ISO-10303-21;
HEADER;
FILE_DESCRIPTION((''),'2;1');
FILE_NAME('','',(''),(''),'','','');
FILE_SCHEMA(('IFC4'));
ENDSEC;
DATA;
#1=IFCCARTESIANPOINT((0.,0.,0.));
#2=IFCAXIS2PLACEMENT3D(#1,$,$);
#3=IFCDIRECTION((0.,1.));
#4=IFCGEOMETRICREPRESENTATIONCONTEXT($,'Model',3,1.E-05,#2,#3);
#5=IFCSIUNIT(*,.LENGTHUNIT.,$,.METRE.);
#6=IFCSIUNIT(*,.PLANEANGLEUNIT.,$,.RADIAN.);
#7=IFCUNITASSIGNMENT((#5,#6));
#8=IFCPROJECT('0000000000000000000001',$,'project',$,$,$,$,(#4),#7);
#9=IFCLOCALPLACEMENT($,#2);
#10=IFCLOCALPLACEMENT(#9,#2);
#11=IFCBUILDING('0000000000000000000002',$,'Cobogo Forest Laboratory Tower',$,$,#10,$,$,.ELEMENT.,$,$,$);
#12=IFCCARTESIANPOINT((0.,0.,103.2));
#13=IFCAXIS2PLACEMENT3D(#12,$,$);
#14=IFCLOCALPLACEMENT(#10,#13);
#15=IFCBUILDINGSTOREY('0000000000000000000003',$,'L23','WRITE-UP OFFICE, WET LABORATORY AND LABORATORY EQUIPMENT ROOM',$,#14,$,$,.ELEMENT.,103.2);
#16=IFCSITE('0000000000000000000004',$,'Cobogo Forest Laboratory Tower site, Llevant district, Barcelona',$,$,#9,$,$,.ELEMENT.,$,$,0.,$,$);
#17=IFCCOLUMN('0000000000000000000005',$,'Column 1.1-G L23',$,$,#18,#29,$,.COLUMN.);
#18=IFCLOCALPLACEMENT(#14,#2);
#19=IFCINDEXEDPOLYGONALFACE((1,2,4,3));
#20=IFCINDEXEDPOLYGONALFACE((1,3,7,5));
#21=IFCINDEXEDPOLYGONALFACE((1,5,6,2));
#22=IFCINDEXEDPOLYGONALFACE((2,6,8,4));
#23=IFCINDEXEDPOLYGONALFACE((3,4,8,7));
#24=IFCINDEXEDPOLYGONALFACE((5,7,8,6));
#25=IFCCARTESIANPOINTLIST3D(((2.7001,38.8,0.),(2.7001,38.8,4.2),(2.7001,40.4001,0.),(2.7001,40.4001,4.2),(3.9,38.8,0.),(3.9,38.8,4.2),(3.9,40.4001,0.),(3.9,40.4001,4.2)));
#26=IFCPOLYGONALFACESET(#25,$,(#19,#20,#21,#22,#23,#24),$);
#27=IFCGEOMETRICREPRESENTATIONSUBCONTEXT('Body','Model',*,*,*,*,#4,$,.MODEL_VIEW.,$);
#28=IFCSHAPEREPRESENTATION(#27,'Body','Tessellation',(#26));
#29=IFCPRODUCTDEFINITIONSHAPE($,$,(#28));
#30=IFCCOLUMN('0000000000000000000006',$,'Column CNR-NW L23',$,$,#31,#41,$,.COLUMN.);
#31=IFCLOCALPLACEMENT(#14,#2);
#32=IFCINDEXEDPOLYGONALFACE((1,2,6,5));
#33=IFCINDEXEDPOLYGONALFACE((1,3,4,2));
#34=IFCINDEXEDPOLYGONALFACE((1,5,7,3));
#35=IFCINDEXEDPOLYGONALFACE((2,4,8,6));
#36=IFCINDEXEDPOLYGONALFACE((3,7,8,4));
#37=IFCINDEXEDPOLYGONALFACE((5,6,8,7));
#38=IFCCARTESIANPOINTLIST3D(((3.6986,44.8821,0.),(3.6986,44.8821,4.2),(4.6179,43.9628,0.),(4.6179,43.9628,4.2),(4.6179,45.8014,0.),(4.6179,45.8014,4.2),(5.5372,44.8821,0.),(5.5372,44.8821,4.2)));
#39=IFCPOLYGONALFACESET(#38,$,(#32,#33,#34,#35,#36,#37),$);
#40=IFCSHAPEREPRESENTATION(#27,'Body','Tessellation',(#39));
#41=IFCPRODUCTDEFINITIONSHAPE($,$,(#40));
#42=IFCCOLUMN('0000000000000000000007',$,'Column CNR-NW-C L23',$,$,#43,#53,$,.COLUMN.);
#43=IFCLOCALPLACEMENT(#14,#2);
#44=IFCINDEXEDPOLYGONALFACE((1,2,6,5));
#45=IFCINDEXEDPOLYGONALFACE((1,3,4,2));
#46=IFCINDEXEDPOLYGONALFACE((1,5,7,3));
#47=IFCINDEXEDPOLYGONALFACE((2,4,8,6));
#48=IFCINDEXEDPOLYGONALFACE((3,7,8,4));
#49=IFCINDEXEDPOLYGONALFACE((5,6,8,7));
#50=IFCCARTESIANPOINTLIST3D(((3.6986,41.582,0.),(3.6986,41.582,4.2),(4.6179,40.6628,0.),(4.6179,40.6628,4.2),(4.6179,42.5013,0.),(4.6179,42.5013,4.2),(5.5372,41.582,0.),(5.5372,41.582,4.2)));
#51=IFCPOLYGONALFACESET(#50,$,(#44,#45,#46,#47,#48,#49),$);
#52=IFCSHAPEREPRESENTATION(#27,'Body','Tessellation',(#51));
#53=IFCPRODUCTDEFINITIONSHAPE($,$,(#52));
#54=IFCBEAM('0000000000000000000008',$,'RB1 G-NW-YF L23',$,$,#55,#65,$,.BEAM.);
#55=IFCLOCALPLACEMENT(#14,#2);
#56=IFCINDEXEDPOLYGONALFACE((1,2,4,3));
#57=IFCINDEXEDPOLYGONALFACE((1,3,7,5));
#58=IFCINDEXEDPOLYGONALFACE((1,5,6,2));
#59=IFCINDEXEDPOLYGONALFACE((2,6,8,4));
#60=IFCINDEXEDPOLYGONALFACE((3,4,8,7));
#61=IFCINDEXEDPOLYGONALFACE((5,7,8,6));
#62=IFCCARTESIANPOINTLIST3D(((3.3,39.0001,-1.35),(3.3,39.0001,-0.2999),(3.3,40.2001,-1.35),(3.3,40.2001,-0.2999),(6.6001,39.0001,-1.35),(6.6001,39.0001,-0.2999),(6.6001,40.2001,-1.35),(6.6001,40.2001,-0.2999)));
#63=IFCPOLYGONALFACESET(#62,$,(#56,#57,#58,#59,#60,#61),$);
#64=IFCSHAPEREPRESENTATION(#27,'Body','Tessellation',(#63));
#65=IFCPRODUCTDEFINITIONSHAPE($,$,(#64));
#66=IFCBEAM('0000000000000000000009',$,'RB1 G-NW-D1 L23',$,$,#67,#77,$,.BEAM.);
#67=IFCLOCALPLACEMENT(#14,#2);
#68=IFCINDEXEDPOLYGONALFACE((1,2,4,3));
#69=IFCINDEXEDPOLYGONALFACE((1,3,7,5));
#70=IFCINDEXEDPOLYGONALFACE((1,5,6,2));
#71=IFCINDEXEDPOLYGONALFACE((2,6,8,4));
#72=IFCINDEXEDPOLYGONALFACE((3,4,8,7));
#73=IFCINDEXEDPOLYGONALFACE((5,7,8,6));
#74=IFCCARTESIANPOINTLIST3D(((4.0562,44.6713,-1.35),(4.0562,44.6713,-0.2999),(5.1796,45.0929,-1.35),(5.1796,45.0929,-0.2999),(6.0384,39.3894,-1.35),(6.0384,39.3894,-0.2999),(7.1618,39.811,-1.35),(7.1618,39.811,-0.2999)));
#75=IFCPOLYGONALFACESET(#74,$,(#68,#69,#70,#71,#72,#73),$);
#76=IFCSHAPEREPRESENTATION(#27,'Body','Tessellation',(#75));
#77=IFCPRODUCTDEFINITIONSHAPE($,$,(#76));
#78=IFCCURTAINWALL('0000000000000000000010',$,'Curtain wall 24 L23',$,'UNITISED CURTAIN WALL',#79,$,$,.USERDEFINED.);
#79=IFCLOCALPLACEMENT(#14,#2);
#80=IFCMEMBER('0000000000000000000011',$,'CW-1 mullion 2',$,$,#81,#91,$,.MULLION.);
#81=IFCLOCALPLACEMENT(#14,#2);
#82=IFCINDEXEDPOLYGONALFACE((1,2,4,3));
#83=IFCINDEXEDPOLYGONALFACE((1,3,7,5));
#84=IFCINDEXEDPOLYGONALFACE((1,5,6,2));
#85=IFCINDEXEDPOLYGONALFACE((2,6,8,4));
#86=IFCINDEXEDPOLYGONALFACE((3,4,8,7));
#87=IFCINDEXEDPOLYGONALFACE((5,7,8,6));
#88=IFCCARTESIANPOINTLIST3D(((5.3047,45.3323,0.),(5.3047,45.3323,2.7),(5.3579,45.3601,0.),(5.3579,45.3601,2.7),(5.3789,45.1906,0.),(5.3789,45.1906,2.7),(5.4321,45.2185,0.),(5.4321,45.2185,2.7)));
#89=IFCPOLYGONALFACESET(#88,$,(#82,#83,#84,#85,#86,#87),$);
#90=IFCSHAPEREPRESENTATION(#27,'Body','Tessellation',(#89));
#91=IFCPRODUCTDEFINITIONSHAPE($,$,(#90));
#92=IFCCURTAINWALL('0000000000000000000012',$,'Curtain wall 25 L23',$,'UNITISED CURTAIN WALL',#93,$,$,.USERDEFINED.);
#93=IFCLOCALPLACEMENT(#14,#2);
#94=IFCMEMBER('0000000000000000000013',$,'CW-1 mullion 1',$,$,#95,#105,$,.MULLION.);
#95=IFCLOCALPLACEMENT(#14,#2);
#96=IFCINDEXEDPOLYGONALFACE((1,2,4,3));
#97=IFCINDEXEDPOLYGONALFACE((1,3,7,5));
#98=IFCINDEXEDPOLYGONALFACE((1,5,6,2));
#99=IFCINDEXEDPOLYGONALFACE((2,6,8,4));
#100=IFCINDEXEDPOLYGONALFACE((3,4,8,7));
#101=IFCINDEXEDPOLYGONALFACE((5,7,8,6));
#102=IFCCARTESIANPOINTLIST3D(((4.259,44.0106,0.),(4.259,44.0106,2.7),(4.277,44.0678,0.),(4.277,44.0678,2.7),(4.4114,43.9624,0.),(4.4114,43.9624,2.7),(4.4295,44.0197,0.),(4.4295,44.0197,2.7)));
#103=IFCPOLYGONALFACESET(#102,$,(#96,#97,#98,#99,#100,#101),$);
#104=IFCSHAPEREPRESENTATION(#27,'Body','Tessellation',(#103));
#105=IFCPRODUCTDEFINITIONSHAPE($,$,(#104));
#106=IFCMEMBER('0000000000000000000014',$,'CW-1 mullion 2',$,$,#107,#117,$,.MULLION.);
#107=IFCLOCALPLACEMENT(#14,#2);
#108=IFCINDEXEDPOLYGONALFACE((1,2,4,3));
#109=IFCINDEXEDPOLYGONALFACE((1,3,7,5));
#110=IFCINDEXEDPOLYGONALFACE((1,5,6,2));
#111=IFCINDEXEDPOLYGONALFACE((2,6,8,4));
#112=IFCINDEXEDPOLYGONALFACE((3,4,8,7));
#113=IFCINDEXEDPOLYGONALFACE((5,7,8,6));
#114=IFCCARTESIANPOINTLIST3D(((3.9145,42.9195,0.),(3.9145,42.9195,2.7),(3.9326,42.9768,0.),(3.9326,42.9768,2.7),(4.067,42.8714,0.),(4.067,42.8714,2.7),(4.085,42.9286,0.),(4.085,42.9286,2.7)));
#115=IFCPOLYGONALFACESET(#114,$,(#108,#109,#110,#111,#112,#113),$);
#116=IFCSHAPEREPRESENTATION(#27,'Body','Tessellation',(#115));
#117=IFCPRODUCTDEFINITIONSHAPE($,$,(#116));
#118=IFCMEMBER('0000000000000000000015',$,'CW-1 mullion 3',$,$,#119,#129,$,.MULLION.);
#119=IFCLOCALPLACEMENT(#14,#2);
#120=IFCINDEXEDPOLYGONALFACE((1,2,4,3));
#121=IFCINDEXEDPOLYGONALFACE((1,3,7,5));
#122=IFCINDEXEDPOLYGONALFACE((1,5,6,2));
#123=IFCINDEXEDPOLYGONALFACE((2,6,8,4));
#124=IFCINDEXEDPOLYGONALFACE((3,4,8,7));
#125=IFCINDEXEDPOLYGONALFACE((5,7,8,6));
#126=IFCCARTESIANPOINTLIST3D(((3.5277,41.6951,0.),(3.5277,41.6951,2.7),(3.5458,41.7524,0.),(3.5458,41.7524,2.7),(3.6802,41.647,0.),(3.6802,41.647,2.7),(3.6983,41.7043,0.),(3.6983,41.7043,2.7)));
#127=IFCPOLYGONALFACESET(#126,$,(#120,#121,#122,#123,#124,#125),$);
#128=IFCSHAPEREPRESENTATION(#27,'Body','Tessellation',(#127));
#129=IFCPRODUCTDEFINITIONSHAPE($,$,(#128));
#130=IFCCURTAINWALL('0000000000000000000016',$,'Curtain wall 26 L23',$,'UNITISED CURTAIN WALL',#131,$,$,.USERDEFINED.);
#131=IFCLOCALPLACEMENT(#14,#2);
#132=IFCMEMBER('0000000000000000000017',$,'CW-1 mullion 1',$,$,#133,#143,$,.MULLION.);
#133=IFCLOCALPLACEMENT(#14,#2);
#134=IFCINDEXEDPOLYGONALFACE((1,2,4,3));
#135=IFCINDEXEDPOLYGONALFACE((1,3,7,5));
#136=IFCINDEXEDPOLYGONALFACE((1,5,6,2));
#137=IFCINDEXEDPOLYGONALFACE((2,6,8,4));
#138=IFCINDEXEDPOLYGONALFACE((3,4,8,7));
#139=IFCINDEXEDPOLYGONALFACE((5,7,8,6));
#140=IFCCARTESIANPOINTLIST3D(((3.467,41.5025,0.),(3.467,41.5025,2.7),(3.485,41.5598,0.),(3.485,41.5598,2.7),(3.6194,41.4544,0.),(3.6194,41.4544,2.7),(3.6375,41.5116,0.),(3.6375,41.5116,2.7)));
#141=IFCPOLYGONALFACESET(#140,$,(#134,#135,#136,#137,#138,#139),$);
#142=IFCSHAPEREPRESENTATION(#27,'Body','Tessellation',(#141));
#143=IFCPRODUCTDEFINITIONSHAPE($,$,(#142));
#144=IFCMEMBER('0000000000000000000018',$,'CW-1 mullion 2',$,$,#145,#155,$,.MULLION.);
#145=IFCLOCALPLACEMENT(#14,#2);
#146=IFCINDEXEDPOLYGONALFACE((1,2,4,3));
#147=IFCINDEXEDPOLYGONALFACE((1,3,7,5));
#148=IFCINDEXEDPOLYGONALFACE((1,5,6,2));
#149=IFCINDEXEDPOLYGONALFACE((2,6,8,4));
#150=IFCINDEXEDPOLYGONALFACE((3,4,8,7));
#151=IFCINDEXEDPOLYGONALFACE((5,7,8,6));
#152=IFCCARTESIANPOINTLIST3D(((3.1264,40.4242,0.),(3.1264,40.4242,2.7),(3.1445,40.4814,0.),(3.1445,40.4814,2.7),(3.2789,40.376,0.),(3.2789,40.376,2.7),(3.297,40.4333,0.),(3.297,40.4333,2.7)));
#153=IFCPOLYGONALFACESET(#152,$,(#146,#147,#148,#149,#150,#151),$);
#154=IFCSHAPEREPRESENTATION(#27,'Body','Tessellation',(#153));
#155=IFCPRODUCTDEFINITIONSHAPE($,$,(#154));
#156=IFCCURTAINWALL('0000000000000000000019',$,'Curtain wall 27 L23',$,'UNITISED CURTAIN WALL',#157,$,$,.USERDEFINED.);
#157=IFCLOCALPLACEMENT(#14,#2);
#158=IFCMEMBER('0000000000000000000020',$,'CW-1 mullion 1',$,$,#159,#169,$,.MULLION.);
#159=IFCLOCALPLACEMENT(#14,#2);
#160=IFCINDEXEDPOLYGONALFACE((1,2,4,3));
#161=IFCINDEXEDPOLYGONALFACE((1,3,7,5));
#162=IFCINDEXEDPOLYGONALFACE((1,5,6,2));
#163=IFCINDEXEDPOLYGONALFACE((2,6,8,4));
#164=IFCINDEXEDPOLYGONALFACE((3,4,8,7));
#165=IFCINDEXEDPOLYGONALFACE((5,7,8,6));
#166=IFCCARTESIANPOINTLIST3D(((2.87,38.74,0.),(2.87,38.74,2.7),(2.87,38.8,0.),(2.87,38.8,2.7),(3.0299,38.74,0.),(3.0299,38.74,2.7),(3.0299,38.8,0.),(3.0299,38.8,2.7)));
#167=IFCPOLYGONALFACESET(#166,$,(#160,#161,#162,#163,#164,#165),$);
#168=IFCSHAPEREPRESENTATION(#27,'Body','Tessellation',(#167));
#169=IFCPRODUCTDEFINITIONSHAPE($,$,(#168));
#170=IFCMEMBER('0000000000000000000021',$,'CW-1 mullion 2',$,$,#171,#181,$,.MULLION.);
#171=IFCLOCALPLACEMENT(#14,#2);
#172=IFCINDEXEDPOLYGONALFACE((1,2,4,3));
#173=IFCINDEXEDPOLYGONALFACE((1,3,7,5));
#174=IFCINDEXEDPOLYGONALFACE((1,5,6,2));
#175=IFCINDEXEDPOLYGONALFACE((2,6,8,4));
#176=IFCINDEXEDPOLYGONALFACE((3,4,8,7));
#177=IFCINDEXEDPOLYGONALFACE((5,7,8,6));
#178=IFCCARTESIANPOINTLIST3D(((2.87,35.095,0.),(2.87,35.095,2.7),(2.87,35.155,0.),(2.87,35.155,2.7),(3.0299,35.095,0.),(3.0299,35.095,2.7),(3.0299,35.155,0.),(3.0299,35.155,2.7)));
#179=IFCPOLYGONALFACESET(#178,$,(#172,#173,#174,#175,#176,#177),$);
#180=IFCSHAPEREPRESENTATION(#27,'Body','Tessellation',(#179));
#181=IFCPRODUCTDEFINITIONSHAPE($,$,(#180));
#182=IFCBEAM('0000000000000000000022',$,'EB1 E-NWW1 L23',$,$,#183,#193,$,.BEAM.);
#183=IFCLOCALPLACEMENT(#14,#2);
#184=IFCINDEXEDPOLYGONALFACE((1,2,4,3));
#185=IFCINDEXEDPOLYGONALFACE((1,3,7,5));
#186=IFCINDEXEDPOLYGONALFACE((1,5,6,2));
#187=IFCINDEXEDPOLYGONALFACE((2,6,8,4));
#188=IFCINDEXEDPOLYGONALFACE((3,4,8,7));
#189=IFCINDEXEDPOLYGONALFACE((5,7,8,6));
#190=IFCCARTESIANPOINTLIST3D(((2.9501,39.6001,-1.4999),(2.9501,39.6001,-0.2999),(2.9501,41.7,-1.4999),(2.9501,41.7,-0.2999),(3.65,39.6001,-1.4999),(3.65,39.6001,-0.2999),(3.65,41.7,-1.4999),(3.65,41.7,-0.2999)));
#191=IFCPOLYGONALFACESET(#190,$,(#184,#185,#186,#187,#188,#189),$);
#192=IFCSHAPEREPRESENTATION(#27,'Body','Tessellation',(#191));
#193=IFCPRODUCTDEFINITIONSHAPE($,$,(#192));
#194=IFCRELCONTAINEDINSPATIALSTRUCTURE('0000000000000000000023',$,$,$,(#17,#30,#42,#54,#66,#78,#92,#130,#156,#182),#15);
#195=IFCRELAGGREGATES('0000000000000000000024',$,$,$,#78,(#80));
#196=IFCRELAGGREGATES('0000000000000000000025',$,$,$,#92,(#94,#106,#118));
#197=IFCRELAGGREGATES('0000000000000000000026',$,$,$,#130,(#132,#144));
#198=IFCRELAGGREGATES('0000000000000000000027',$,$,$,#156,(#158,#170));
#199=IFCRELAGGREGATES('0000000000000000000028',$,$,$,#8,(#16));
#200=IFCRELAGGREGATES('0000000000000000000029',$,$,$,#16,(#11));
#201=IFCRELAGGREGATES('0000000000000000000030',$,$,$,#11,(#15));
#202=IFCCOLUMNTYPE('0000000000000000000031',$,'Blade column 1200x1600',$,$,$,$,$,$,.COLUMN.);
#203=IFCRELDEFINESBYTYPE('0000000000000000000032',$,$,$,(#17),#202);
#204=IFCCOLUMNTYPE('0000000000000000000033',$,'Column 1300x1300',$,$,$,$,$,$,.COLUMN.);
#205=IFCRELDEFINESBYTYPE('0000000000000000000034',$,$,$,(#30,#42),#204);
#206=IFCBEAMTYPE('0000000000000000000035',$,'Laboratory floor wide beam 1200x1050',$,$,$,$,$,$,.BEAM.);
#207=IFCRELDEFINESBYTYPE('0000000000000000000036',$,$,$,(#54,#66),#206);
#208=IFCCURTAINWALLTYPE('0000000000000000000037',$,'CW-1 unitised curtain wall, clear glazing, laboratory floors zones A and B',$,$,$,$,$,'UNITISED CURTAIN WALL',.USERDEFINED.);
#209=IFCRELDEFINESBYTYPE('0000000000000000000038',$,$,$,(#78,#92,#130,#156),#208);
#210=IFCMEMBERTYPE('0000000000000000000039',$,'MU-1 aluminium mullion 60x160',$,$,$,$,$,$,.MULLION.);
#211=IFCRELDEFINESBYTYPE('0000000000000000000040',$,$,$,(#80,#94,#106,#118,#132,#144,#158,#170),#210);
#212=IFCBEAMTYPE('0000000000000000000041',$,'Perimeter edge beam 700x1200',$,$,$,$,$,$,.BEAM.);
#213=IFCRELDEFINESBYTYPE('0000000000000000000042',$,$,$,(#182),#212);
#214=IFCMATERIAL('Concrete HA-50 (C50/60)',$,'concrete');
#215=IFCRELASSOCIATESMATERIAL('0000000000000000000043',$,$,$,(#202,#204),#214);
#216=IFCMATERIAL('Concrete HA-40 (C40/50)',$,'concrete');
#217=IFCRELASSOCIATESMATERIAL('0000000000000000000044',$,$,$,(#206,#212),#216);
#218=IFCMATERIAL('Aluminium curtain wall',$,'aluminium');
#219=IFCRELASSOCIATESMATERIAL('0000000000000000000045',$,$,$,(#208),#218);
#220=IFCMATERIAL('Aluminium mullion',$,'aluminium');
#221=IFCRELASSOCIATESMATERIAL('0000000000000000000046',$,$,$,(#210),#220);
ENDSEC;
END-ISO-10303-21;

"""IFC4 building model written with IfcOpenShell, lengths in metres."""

from ifc_helpers import new_model, si_unit, direction, frame, origin, origin_2d, place, context, subcontext, project, spatial, rectangle, extrude, material, material_profile, profile_set, type_object, element, aggregate, save


model = new_model("IFC4")

# Units and contexts
model_context = context("Model", 3, precision=1e-05, world=origin(), true_north=direction((0.0, 1.0)))
body_context = subcontext(model_context, "Body", "Model", "MODEL_VIEW")
ifc_project = project(units=[si_unit("LENGTHUNIT", "METRE"), si_unit("PLANEANGLEUNIT", "RADIAN")], contexts=[model_context])

# Site, building, storey
site_placement = place(None, origin())
site = spatial("IfcSite", under=ifc_project, at=site_placement, Name="Cobogo Forest Laboratory Tower site, Llevant district, Barcelona", CompositionType="ELEMENT", RefElevation=0.0)
building_placement = place(site_placement, origin())
building = spatial("IfcBuilding", under=site, at=building_placement, Name="Cobogo Forest Laboratory Tower", CompositionType="ELEMENT")
storey_placement = place(building_placement, frame((0.0, 0.0, 103.2)))
storey = spatial("IfcBuildingStorey", under=building, at=storey_placement, Name="L23", Description="WRITE-UP OFFICE, WET LABORATORY AND LABORATORY EQUIPMENT ROOM", CompositionType="ELEMENT", Elevation=103.2)

# Columns
ifc_material_1 = material(Name="Concrete HA-50 (C50/60)", Category="concrete")
ifc_material_profile_1 = material_profile(ifc_material_1, rectangle(XDim=1.6001, YDim=1.2, at=origin_2d()), Name="RC 1200x1600")
ifc_profile_set_1 = profile_set([ifc_material_profile_1], Name="Concrete HA-50 (C50/60)")
column_type_1 = type_object("IfcColumnType", Name="Blade column 1200x1600", PredefinedType="COLUMN", material=ifc_profile_set_1)
column_placement = place(storey_placement, frame((3.3, 39.6001, 0.0), z_axis=(0.0, 0.0, 1.0), x_axis=(0.0, 1.0, 0.0)))
element("IfcColumn", 1, at=column_placement, inside=storey, type_object=column_type_1, Name="Column 1.1-G L23", PredefinedType="COLUMN", context=body_context, shape_type="SweptSolid", body=[
    extrude(rectangle(XDim=1.6001, YDim=1.2, at=origin_2d()), origin(), (0.0, 0.0, 1.0), 4.2),
])
ifc_material_profile_2 = material_profile(ifc_material_1, rectangle(XDim=1.3, YDim=1.3, at=origin_2d()), Name="RC 1300x1300")
ifc_profile_set_2 = profile_set([ifc_material_profile_2], Name="Concrete HA-50 (C50/60)")
column_type_2 = type_object("IfcColumnType", Name="Column 1300x1300", PredefinedType="COLUMN", material=ifc_profile_set_2)
for number, where, z_axis, x_axis, name in (
    (2, (4.6179, 44.8821, 0.0), (0.0, 0.0, 1.0), (0.707107, 0.707107, 0.0), "Column CNR-NW L23"),
    (3, (4.6179, 41.582, 0.0), (0.0, 0.0, 1.0), (0.707107, 0.707107, 0.0), "Column CNR-NW-C L23"),
):
    element("IfcColumn", number, at=place(storey_placement, frame(where, z_axis=z_axis, x_axis=x_axis)), inside=storey, type_object=column_type_2, Name=name, PredefinedType="COLUMN", context=body_context, shape_type="SweptSolid", body=[
        extrude(rectangle(XDim=1.3, YDim=1.3, at=origin_2d()), origin(), (0.0, 0.0, 1.0), 4.2),
    ])

# Beams
ifc_material_2 = material(Name="Concrete HA-40 (C40/50)", Category="concrete")
ifc_material_profile_3 = material_profile(ifc_material_2, rectangle(XDim=1.2, YDim=1.05, at=origin_2d()), Name="RC 1200x1050")
ifc_profile_set_3 = profile_set([ifc_material_profile_3], Name="Concrete HA-40 (C40/50)")
beam_type_1 = type_object("IfcBeamType", Name="Laboratory floor wide beam 1200x1050", PredefinedType="BEAM", material=ifc_profile_set_3)
beam_1_placement = place(storey_placement, frame((3.3, 39.6001, -0.825), z_axis=(1.0, 0.0, 0.0), x_axis=(0.0, 1.0, 0.0)))
element("IfcBeam", 4, at=beam_1_placement, inside=storey, type_object=beam_type_1, Name="RB1 G-NW-YF L23", PredefinedType="BEAM", context=body_context, shape_type="SweptSolid", body=[
    extrude(rectangle(XDim=1.2, YDim=1.05, at=origin_2d()), origin(), (0.0, 0.0, 1.0), 3.3),
])
beam_2_placement = place(storey_placement, frame((4.6179, 44.8821, -0.825), z_axis=(0.351346, -0.936246, 0.0), x_axis=(0.936246, 0.351346, 0.0)))
element("IfcBeam", 5, at=beam_2_placement, inside=storey, type_object=beam_type_1, Name="RB1 G-NW-D1 L23", PredefinedType="BEAM", context=body_context, shape_type="SweptSolid", body=[
    extrude(rectangle(XDim=1.2, YDim=1.05, at=origin_2d()), origin(), (0.0, 0.0, 1.0), 5.6416),
])

# Curtain wall, member
ifc_material_3 = material(Name="Aluminium curtain wall", Category="aluminium")
curtain_wall_type = type_object("IfcCurtainWallType", Name="CW-1 unitised curtain wall, clear glazing, laboratory floors zones A and B", ElementType="UNITISED CURTAIN WALL", PredefinedType="USERDEFINED", material=ifc_material_3)
curtain_wall_1_placement = place(storey_placement, origin())
curtain_wall_1 = element("IfcCurtainWall", 6, at=curtain_wall_1_placement, inside=storey, type_object=curtain_wall_type, Name="Curtain wall 24 L23", ObjectType="UNITISED CURTAIN WALL", PredefinedType="USERDEFINED")
ifc_material_4 = material(Name="Aluminium mullion", Category="aluminium")
ifc_material_profile_4 = material_profile(ifc_material_4, rectangle(XDim=0.0601, YDim=0.1599, at=origin_2d()), Name="AL 60x160")
ifc_profile_set_4 = profile_set([ifc_material_profile_4], Name="Aluminium mullion")
member_type_1 = type_object("IfcMemberType", Name="MU-1 aluminium mullion 60x160", PredefinedType="MULLION", material=ifc_profile_set_4)
member_1_placement = place(storey_placement, frame((5.3684, 45.2754, 0.0), z_axis=(0.0, 0.0, 1.0), x_axis=(-0.885687, -0.464284, 0.0)))
member_1 = element("IfcMember", 7, at=member_1_placement, type_object=member_type_1, Name="CW-1 mullion 2", PredefinedType="MULLION", context=body_context, shape_type="SweptSolid", body=[
    extrude(rectangle(XDim=0.0601, YDim=0.1599, at=origin_2d()), origin(), (0.0, 0.0, 1.0), 2.7),
])

# Curtain walls, members
curtain_wall_2_placement = place(storey_placement, origin())
curtain_wall_2 = element("IfcCurtainWall", 8, at=curtain_wall_2_placement, inside=storey, type_object=curtain_wall_type, Name="Curtain wall 25 L23", ObjectType="UNITISED CURTAIN WALL", PredefinedType="USERDEFINED")
member_2_placement = place(storey_placement, frame((4.3442, 44.0151, 0.0), z_axis=(0.0, 0.0, 1.0), x_axis=(-0.301135, -0.953581, 0.0)))
member_2 = element("IfcMember", 9, at=member_2_placement, type_object=member_type_1, Name="CW-1 mullion 1", PredefinedType="MULLION", context=body_context, shape_type="SweptSolid", body=[
    extrude(rectangle(XDim=0.0601, YDim=0.1599, at=origin_2d()), origin(), (0.0, 0.0, 1.0), 2.7),
])
member_3_placement = place(storey_placement, frame((3.9998, 42.9241, 0.0), z_axis=(0.0, 0.0, 1.0), x_axis=(-0.301135, -0.953581, 0.0)))
member_3 = element("IfcMember", 10, at=member_3_placement, type_object=member_type_1, Name="CW-1 mullion 2", PredefinedType="MULLION", context=body_context, shape_type="SweptSolid", body=[
    extrude(rectangle(XDim=0.0601, YDim=0.1599, at=origin_2d()), origin(), (0.0, 0.0, 1.0), 2.7),
])
member_4_placement = place(storey_placement, frame((3.613, 41.6997, 0.0), z_axis=(0.0, 0.0, 1.0), x_axis=(-0.301135, -0.953581, 0.0)))
member_4 = element("IfcMember", 11, at=member_4_placement, type_object=member_type_1, Name="CW-1 mullion 3", PredefinedType="MULLION", context=body_context, shape_type="SweptSolid", body=[
    extrude(rectangle(XDim=0.0601, YDim=0.1599, at=origin_2d()), origin(), (0.0, 0.0, 1.0), 2.7),
])
curtain_wall_3_placement = place(storey_placement, origin())
curtain_wall_3 = element("IfcCurtainWall", 12, at=curtain_wall_3_placement, inside=storey, type_object=curtain_wall_type, Name="Curtain wall 26 L23", ObjectType="UNITISED CURTAIN WALL", PredefinedType="USERDEFINED")
member_5_placement = place(storey_placement, frame((3.5522, 41.5071, 0.0), z_axis=(0.0, 0.0, 1.0), x_axis=(-0.301136, -0.953581, 0.0)))
member_5 = element("IfcMember", 13, at=member_5_placement, type_object=member_type_1, Name="CW-1 mullion 1", PredefinedType="MULLION", context=body_context, shape_type="SweptSolid", body=[
    extrude(rectangle(XDim=0.0601, YDim=0.1599, at=origin_2d()), origin(), (0.0, 0.0, 1.0), 2.7),
])
member_6_placement = place(storey_placement, frame((3.2117, 40.4287, 0.0), z_axis=(0.0, 0.0, 1.0), x_axis=(-0.301136, -0.953581, 0.0)))
member_6 = element("IfcMember", 14, at=member_6_placement, type_object=member_type_1, Name="CW-1 mullion 2", PredefinedType="MULLION", context=body_context, shape_type="SweptSolid", body=[
    extrude(rectangle(XDim=0.0601, YDim=0.1599, at=origin_2d()), origin(), (0.0, 0.0, 1.0), 2.7),
])
curtain_wall_4_placement = place(storey_placement, origin())
curtain_wall_4 = element("IfcCurtainWall", 15, at=curtain_wall_4_placement, inside=storey, type_object=curtain_wall_type, Name="Curtain wall 27 L23", ObjectType="UNITISED CURTAIN WALL", PredefinedType="USERDEFINED")
member_7_placement = place(storey_placement, frame((2.95, 38.77, 0.0), z_axis=(0.0, 0.0, 1.0), x_axis=(0.0, -1.0, 0.0)))
member_7 = element("IfcMember", 16, at=member_7_placement, type_object=member_type_1, Name="CW-1 mullion 1", PredefinedType="MULLION", context=body_context, shape_type="SweptSolid", body=[
    extrude(rectangle(XDim=0.0601, YDim=0.1599, at=origin_2d()), origin(), (0.0, 0.0, 1.0), 2.7),
])
member_8_placement = place(storey_placement, frame((2.95, 35.125, 0.0), z_axis=(0.0, 0.0, 1.0), x_axis=(0.0, -1.0, 0.0)))
member_8 = element("IfcMember", 17, at=member_8_placement, type_object=member_type_1, Name="CW-1 mullion 2", PredefinedType="MULLION", context=body_context, shape_type="SweptSolid", body=[
    extrude(rectangle(XDim=0.0601, YDim=0.1599, at=origin_2d()), origin(), (0.0, 0.0, 1.0), 2.7),
])

# Beam
ifc_material_profile_5 = material_profile(ifc_material_2, rectangle(XDim=0.7, YDim=1.2, at=origin_2d()), Name="RC 700x1200")
ifc_profile_set_5 = profile_set([ifc_material_profile_5], Name="Concrete HA-40 (C40/50)")
beam_type_2 = type_object("IfcBeamType", Name="Perimeter edge beam 700x1200", PredefinedType="BEAM", material=ifc_profile_set_5)
beam_3_placement = place(storey_placement, frame((3.3, 39.6001, -0.8999), z_axis=(0.0, 1.0, 0.0), x_axis=(-1.0, 0.0, 0.0)))
element("IfcBeam", 18, at=beam_3_placement, inside=storey, type_object=beam_type_2, Name="EB1 E-NWW1 L23", PredefinedType="BEAM", context=body_context, shape_type="SweptSolid", body=[
    extrude(rectangle(XDim=0.7, YDim=1.2, at=origin_2d()), origin(), (0.0, 0.0, 1.0), 2.0999),
])

aggregate(curtain_wall_1, [member_1])
aggregate(curtain_wall_2, [member_2, member_3, member_4])
aggregate(curtain_wall_3, [member_5, member_6])
aggregate(curtain_wall_4, [member_7, member_8])

save(model, "model.ifc")
